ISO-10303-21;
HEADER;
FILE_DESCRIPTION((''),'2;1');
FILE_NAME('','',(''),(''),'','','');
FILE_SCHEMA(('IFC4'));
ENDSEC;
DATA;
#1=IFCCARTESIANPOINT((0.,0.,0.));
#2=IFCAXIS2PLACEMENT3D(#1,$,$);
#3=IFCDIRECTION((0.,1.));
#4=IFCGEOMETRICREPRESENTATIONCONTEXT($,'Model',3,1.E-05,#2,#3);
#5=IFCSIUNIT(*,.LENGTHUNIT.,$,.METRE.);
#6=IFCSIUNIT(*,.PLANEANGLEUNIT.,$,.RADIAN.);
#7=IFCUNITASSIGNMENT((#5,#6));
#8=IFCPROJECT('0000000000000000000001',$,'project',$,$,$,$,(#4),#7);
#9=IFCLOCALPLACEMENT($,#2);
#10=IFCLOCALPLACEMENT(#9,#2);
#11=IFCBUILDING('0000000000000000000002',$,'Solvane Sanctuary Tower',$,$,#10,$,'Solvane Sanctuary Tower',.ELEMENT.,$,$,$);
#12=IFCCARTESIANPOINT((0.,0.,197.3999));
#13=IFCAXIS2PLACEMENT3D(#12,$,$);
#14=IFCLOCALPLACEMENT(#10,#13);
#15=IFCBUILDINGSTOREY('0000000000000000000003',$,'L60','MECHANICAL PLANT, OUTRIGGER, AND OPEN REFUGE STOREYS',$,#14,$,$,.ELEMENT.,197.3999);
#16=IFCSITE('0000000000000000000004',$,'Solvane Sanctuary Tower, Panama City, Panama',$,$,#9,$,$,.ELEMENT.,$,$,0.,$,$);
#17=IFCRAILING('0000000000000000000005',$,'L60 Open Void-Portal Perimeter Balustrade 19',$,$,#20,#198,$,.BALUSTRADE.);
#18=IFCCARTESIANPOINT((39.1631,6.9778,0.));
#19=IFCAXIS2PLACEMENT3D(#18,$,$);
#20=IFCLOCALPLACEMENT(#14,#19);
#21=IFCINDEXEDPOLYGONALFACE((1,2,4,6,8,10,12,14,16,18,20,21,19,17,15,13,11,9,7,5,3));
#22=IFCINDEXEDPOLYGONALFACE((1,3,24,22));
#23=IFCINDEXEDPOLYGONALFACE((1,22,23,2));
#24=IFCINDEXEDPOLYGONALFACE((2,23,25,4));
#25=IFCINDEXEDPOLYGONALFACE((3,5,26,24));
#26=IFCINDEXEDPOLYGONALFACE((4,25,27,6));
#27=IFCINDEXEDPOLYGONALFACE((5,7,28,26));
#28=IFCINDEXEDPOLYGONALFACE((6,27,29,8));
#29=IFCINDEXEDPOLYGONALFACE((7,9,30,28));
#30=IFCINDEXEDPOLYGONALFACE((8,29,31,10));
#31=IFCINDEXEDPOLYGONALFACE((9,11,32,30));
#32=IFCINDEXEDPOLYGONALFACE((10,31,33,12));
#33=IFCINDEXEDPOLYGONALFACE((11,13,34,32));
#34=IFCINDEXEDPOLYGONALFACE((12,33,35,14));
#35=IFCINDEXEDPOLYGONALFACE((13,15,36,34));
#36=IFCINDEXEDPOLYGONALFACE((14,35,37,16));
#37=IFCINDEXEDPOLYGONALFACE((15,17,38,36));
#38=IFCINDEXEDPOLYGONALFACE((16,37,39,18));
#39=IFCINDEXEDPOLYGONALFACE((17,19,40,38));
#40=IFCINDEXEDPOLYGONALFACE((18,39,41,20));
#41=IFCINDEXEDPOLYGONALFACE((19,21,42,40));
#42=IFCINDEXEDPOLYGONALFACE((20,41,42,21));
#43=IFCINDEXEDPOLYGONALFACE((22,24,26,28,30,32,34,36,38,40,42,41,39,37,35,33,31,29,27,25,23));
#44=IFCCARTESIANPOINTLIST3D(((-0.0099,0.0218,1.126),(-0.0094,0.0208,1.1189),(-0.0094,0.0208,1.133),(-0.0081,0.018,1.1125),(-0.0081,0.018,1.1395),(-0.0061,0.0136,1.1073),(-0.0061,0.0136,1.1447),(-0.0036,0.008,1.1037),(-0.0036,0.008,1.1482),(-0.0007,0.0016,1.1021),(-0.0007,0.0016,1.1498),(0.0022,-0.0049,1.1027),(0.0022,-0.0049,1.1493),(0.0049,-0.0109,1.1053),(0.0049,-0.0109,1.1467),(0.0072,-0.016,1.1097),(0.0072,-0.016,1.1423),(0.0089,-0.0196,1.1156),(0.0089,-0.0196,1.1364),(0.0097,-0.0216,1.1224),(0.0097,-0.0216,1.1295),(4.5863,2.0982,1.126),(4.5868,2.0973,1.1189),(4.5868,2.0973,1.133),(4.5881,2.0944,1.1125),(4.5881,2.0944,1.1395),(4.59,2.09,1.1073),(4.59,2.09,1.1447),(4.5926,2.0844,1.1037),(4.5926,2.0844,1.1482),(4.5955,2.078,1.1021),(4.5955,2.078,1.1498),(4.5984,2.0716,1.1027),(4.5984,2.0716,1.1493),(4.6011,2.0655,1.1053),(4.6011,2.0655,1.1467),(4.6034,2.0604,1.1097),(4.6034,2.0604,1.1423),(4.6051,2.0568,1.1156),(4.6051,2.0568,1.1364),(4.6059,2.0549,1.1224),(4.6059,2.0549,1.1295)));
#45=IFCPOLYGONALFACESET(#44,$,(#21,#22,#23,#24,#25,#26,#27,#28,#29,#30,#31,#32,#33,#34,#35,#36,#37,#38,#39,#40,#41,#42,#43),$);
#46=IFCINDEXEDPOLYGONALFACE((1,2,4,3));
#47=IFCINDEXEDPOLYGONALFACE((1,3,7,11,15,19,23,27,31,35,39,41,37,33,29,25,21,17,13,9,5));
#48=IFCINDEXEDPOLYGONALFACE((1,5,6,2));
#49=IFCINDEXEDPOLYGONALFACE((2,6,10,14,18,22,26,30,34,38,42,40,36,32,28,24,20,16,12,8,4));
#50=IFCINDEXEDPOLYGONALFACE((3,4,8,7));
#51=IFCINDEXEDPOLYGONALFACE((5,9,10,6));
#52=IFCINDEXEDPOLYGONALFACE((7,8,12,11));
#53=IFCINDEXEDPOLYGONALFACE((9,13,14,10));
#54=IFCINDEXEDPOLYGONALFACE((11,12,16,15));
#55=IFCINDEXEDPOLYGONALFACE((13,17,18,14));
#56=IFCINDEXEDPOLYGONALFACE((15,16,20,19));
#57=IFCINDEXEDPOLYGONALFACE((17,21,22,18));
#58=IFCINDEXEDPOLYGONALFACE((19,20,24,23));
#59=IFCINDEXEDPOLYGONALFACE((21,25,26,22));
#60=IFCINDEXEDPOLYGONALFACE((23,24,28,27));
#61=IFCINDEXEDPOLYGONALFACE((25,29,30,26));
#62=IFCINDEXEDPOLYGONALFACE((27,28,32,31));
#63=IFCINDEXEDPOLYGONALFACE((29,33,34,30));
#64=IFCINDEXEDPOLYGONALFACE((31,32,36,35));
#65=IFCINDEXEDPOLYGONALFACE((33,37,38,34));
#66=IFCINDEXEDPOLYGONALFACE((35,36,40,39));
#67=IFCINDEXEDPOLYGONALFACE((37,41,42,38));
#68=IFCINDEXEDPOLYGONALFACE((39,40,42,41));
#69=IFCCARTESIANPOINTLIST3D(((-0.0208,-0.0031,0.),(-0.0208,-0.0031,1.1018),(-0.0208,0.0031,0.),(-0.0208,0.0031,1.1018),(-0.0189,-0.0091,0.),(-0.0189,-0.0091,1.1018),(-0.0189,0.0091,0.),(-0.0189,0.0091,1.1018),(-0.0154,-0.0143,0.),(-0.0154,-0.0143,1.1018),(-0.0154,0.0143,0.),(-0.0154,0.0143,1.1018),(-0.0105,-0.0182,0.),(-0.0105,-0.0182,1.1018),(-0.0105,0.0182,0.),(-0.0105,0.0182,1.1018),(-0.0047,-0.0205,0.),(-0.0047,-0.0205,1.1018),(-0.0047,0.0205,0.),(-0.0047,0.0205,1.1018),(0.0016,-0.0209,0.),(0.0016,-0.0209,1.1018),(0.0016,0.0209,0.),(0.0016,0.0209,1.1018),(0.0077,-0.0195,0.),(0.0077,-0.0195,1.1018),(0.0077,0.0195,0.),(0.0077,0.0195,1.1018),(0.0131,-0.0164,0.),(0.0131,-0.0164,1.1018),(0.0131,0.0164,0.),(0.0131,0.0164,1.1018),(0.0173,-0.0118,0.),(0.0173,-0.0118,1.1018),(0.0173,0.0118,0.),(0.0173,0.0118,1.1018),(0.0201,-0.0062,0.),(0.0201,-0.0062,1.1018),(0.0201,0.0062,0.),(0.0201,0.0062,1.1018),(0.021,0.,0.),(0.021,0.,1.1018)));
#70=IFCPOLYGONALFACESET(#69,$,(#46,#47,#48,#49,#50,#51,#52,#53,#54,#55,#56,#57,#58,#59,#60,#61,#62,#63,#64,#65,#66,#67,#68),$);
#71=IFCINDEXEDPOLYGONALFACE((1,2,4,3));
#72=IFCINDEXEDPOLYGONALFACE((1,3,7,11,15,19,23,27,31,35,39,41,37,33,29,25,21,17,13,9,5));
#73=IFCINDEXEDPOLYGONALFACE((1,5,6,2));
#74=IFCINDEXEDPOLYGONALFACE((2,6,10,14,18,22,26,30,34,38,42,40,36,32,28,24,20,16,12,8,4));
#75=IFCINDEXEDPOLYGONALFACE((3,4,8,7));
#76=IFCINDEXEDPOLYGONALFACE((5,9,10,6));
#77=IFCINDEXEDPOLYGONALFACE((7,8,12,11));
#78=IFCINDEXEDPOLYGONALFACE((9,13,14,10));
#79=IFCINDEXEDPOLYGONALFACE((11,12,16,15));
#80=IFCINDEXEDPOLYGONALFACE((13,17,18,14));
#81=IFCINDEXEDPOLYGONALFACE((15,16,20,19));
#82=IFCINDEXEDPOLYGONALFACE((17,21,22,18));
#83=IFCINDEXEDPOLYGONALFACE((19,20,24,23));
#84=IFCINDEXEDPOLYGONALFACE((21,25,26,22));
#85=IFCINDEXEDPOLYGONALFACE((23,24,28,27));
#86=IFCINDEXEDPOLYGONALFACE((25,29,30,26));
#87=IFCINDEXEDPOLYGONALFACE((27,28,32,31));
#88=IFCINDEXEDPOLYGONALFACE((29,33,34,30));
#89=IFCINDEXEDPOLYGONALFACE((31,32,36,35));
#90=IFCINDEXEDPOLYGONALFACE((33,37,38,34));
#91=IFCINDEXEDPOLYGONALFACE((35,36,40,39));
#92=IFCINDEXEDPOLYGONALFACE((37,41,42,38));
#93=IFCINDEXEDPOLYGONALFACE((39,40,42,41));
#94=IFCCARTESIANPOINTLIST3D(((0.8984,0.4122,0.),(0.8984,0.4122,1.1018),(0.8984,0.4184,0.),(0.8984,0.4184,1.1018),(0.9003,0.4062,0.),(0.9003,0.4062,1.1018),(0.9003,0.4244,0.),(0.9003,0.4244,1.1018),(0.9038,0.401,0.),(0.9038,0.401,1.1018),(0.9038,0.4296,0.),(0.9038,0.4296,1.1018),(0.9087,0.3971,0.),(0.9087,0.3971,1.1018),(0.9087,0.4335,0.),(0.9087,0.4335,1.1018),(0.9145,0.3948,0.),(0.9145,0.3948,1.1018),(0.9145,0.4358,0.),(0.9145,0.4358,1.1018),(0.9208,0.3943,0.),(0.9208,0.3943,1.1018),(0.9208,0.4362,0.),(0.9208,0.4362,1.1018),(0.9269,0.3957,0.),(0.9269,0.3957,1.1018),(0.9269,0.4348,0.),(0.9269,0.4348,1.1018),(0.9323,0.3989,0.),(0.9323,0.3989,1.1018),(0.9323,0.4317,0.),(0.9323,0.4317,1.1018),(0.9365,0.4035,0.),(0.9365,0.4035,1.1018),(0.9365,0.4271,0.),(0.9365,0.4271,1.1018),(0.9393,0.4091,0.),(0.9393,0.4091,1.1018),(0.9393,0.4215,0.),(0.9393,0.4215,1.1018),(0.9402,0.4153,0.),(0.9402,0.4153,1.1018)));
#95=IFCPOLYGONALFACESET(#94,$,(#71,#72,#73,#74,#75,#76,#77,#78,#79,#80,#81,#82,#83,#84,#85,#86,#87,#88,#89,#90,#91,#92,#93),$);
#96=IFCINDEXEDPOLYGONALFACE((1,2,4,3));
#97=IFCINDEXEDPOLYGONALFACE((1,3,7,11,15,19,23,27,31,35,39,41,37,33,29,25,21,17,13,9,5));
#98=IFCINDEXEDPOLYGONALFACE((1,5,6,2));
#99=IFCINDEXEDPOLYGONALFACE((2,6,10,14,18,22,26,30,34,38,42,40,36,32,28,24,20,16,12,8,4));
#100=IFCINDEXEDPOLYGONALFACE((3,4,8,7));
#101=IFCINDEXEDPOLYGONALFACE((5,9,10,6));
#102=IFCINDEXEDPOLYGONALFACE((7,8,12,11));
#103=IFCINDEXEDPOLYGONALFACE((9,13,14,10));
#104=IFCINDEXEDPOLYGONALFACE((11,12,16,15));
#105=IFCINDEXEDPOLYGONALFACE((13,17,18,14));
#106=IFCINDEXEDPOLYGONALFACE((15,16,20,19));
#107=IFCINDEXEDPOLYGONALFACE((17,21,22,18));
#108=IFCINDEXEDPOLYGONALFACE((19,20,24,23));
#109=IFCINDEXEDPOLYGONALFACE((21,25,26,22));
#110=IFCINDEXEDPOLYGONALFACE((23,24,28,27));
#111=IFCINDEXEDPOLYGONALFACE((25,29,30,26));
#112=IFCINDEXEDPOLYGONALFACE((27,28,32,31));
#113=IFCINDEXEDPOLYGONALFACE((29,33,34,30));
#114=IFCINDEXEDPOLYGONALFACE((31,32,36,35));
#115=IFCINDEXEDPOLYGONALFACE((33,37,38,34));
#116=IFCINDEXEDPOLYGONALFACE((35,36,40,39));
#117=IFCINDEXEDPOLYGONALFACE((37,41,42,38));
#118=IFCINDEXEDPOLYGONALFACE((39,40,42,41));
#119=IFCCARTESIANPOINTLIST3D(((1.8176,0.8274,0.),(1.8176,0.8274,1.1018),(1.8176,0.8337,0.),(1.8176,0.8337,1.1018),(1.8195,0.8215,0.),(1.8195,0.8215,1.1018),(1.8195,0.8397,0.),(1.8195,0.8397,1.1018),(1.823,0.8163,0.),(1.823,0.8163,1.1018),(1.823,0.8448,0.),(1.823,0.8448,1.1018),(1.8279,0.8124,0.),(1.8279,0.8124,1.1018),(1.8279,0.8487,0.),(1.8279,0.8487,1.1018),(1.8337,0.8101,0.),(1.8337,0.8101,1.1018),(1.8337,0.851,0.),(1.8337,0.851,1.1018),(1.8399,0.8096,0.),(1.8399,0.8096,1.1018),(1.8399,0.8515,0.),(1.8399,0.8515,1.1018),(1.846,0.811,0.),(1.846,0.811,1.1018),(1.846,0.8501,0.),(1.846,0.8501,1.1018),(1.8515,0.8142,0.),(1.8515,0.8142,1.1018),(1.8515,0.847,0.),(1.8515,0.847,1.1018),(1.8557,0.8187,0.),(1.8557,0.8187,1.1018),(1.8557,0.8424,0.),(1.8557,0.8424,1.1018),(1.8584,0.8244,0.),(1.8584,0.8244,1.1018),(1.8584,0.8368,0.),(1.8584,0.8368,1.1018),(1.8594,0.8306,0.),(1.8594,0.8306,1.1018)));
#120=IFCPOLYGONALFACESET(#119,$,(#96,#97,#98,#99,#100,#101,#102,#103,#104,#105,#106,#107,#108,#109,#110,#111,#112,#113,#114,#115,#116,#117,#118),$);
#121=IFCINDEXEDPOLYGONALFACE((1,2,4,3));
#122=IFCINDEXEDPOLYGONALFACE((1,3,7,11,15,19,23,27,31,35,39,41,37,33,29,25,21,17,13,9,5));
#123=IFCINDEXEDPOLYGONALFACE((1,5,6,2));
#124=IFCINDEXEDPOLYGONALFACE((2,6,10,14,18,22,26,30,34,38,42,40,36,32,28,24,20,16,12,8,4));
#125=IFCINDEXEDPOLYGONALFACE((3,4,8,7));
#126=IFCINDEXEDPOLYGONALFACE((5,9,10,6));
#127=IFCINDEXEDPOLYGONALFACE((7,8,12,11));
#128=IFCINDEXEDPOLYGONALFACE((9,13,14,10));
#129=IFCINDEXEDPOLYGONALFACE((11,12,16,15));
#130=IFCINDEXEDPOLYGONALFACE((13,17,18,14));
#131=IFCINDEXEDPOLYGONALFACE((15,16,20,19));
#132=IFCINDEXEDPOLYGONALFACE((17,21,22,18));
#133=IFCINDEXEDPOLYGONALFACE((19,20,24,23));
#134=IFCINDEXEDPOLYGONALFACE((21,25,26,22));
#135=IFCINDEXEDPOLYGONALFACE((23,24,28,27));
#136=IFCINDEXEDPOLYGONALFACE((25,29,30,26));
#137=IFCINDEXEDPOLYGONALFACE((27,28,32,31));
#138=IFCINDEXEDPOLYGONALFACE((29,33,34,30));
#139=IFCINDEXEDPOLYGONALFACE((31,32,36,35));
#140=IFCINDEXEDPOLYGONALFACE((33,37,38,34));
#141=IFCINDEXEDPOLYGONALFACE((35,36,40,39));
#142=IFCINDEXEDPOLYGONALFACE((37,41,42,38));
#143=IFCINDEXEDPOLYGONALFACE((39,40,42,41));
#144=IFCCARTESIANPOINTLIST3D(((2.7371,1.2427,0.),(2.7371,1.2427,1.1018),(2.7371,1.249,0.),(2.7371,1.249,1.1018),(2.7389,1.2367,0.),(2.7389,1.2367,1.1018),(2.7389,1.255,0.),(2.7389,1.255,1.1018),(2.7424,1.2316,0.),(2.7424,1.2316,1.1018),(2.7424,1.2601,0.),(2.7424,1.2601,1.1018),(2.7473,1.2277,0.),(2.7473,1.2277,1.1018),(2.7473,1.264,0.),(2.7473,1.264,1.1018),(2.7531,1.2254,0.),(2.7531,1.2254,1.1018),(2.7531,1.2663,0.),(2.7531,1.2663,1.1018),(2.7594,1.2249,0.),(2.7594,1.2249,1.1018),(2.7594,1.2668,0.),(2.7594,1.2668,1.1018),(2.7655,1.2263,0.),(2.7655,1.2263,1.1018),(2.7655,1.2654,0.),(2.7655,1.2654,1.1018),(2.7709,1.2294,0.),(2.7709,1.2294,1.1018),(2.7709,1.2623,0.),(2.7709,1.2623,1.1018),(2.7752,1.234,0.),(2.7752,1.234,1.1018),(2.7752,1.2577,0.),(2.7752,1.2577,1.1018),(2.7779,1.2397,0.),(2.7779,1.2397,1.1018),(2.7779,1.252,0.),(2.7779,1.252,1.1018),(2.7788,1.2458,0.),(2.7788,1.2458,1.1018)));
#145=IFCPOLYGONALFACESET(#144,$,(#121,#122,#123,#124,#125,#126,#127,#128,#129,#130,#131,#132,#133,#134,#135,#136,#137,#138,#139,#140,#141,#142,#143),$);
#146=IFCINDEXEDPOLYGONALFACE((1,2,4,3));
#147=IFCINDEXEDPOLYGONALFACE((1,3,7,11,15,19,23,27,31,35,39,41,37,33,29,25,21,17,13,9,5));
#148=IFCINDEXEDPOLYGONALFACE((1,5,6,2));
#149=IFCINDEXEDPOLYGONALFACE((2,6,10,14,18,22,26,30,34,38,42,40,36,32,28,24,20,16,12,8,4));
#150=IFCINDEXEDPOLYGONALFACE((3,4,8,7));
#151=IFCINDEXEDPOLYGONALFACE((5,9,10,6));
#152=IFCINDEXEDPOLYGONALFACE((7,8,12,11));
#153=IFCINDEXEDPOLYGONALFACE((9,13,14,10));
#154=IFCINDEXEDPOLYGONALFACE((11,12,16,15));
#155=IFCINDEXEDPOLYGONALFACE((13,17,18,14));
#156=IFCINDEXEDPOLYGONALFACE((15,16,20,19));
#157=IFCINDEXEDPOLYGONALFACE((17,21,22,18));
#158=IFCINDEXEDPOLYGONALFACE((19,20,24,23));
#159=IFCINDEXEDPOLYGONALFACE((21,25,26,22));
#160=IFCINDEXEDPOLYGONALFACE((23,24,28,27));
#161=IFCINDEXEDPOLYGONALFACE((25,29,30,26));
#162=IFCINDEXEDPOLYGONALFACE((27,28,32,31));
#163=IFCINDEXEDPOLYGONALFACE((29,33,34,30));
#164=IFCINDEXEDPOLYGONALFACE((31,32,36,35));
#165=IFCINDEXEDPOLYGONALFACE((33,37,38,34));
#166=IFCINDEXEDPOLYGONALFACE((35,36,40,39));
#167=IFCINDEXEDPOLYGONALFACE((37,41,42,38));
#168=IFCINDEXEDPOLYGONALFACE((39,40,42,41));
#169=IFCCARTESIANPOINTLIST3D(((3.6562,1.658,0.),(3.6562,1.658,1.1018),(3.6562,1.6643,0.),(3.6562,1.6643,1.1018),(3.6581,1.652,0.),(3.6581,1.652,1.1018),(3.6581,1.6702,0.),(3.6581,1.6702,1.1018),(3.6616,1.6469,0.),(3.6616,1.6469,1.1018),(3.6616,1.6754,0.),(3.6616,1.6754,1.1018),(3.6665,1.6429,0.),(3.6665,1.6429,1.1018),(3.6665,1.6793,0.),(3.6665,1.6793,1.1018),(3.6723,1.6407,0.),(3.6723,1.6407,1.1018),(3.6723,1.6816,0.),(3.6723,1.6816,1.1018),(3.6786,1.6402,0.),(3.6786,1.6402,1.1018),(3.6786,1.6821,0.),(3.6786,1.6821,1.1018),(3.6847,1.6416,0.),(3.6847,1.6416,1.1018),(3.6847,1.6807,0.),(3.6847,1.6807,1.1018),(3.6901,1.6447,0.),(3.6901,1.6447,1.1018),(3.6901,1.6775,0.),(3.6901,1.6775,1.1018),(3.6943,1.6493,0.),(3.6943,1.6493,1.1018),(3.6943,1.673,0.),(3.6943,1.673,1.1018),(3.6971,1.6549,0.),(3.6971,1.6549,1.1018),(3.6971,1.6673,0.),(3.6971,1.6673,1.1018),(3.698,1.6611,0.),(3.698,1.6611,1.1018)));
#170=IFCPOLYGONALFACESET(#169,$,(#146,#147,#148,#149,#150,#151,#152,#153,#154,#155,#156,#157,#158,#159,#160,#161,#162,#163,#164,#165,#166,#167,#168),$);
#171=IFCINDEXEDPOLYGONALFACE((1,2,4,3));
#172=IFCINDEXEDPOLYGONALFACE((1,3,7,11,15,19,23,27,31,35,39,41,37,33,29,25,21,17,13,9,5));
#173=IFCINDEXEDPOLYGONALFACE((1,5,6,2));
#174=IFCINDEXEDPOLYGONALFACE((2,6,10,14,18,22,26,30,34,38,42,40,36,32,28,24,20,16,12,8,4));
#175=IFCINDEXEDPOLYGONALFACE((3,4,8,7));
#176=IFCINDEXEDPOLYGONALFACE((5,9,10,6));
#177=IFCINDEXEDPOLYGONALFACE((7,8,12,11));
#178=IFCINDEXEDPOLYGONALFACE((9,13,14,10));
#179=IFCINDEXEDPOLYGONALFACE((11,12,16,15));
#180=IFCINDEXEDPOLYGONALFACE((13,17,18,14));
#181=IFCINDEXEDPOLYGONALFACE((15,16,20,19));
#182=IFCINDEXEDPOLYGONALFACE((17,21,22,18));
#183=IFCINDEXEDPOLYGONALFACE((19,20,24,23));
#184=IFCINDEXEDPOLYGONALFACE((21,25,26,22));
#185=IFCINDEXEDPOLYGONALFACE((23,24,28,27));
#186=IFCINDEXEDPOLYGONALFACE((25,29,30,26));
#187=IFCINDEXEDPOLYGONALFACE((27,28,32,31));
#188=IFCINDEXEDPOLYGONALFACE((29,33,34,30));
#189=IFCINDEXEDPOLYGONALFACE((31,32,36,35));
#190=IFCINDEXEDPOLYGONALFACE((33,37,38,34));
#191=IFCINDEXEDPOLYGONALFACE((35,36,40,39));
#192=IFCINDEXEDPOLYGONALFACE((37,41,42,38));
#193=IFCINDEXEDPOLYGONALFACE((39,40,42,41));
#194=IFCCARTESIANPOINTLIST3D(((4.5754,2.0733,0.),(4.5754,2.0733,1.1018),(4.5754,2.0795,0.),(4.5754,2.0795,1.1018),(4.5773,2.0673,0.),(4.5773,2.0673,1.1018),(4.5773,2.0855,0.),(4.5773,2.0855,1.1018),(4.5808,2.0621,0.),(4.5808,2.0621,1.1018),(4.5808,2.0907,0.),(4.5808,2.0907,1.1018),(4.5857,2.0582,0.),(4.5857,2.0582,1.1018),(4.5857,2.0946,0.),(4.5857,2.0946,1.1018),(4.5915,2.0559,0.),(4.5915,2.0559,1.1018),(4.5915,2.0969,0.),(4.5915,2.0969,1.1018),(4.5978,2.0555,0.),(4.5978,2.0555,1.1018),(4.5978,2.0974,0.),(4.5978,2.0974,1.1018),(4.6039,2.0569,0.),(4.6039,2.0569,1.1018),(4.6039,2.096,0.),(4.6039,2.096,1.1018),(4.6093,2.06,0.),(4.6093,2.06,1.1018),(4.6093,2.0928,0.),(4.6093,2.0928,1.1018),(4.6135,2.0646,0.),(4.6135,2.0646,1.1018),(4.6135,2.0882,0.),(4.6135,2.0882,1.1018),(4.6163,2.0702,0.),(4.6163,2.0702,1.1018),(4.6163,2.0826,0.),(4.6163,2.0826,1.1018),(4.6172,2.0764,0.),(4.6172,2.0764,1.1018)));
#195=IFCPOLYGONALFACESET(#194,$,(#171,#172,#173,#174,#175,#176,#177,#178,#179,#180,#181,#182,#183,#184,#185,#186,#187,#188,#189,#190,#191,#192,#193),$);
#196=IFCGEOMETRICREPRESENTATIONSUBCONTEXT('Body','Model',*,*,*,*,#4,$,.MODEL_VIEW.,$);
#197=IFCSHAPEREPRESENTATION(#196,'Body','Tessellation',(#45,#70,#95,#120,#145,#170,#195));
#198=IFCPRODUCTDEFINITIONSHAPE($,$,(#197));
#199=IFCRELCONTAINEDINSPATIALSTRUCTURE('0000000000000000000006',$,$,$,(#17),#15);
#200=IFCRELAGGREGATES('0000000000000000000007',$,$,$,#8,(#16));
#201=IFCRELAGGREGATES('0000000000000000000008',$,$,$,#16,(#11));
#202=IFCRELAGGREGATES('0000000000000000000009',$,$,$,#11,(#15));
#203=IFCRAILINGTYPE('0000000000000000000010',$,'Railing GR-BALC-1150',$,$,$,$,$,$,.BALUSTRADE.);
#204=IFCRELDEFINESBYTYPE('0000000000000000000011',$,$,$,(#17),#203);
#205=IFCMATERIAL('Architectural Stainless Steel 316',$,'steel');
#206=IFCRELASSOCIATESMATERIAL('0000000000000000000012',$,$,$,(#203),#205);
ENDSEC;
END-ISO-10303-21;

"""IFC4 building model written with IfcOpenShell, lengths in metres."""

from ifc_helpers import new_model, si_unit, direction, frame, origin, origin_2d, place, context, subcontext, project, spatial, circle, extrude, material, type_object, element, save


model = new_model("IFC4")

# Units and contexts
model_context = context("Model", 3, precision=1e-05, world=origin(), true_north=direction((0.0, 1.0)))
body_context = subcontext(model_context, "Body", "Model", "MODEL_VIEW")
ifc_project = project(units=[si_unit("LENGTHUNIT", "METRE"), si_unit("PLANEANGLEUNIT", "RADIAN")], contexts=[model_context])

# Site, building, storey
site_placement = place(None, origin())
site = spatial("IfcSite", under=ifc_project, at=site_placement, Name="Solvane Sanctuary Tower, Panama City, Panama", CompositionType="ELEMENT", RefElevation=0.0)
building_placement = place(site_placement, origin())
building = spatial("IfcBuilding", under=site, at=building_placement, Name="Solvane Sanctuary Tower", LongName="Solvane Sanctuary Tower", CompositionType="ELEMENT")
storey_placement = place(building_placement, frame((0.0, 0.0, 197.3999)))
storey = spatial("IfcBuildingStorey", under=building, at=storey_placement, Name="L60", Description="MECHANICAL PLANT, OUTRIGGER, AND OPEN REFUGE STOREYS", CompositionType="ELEMENT", Elevation=197.3999)

# Railing
ifc_material_1 = material(Name="Architectural Stainless Steel 316", Category="steel")
railing_type = type_object("IfcRailingType", Name="Railing GR-BALC-1150", PredefinedType="BALUSTRADE", material=ifc_material_1)
railing_1_placement = place(storey_placement, frame((39.1631, 6.9778, 0.0)))
element("IfcRailing", 1, at=railing_1_placement, inside=storey, type_object=railing_type, Name="L60 Open Void-Portal Perimeter Balustrade 19", PredefinedType="BALUSTRADE", context=body_context, shape_type="SweptSolid", body=[
    extrude(circle(Radius=0.0239, at=origin_2d()), frame((0.0, 0.0, 1.126), z_axis=(0.911317, 0.411705, 0.0), x_axis=(-0.411705, 0.911317, 0.0)), (0.0, 0.0, 1.0), 5.0435),
    extrude(circle(Radius=0.021, at=origin_2d()), origin(), (0.0, 0.0, 1.0), 1.1018),
    extrude(circle(Radius=0.021, at=origin_2d()), frame((0.9192, 0.4153, 0.0)), (0.0, 0.0, 1.0), 1.1018),
    extrude(circle(Radius=0.021, at=origin_2d()), frame((1.8384, 0.8306, 0.0)), (0.0, 0.0, 1.0), 1.1018),
    extrude(circle(Radius=0.021, at=origin_2d()), frame((2.7578, 1.2458, 0.0)), (0.0, 0.0, 1.0), 1.1018),
    extrude(circle(Radius=0.021, at=origin_2d()), frame((3.677, 1.6611, 0.0)), (0.0, 0.0, 1.0), 1.1018),
    extrude(circle(Radius=0.021, at=origin_2d()), frame((4.5962, 2.0764, 0.0)), (0.0, 0.0, 1.0), 1.1018),
])

save(model, "model.ifc")
